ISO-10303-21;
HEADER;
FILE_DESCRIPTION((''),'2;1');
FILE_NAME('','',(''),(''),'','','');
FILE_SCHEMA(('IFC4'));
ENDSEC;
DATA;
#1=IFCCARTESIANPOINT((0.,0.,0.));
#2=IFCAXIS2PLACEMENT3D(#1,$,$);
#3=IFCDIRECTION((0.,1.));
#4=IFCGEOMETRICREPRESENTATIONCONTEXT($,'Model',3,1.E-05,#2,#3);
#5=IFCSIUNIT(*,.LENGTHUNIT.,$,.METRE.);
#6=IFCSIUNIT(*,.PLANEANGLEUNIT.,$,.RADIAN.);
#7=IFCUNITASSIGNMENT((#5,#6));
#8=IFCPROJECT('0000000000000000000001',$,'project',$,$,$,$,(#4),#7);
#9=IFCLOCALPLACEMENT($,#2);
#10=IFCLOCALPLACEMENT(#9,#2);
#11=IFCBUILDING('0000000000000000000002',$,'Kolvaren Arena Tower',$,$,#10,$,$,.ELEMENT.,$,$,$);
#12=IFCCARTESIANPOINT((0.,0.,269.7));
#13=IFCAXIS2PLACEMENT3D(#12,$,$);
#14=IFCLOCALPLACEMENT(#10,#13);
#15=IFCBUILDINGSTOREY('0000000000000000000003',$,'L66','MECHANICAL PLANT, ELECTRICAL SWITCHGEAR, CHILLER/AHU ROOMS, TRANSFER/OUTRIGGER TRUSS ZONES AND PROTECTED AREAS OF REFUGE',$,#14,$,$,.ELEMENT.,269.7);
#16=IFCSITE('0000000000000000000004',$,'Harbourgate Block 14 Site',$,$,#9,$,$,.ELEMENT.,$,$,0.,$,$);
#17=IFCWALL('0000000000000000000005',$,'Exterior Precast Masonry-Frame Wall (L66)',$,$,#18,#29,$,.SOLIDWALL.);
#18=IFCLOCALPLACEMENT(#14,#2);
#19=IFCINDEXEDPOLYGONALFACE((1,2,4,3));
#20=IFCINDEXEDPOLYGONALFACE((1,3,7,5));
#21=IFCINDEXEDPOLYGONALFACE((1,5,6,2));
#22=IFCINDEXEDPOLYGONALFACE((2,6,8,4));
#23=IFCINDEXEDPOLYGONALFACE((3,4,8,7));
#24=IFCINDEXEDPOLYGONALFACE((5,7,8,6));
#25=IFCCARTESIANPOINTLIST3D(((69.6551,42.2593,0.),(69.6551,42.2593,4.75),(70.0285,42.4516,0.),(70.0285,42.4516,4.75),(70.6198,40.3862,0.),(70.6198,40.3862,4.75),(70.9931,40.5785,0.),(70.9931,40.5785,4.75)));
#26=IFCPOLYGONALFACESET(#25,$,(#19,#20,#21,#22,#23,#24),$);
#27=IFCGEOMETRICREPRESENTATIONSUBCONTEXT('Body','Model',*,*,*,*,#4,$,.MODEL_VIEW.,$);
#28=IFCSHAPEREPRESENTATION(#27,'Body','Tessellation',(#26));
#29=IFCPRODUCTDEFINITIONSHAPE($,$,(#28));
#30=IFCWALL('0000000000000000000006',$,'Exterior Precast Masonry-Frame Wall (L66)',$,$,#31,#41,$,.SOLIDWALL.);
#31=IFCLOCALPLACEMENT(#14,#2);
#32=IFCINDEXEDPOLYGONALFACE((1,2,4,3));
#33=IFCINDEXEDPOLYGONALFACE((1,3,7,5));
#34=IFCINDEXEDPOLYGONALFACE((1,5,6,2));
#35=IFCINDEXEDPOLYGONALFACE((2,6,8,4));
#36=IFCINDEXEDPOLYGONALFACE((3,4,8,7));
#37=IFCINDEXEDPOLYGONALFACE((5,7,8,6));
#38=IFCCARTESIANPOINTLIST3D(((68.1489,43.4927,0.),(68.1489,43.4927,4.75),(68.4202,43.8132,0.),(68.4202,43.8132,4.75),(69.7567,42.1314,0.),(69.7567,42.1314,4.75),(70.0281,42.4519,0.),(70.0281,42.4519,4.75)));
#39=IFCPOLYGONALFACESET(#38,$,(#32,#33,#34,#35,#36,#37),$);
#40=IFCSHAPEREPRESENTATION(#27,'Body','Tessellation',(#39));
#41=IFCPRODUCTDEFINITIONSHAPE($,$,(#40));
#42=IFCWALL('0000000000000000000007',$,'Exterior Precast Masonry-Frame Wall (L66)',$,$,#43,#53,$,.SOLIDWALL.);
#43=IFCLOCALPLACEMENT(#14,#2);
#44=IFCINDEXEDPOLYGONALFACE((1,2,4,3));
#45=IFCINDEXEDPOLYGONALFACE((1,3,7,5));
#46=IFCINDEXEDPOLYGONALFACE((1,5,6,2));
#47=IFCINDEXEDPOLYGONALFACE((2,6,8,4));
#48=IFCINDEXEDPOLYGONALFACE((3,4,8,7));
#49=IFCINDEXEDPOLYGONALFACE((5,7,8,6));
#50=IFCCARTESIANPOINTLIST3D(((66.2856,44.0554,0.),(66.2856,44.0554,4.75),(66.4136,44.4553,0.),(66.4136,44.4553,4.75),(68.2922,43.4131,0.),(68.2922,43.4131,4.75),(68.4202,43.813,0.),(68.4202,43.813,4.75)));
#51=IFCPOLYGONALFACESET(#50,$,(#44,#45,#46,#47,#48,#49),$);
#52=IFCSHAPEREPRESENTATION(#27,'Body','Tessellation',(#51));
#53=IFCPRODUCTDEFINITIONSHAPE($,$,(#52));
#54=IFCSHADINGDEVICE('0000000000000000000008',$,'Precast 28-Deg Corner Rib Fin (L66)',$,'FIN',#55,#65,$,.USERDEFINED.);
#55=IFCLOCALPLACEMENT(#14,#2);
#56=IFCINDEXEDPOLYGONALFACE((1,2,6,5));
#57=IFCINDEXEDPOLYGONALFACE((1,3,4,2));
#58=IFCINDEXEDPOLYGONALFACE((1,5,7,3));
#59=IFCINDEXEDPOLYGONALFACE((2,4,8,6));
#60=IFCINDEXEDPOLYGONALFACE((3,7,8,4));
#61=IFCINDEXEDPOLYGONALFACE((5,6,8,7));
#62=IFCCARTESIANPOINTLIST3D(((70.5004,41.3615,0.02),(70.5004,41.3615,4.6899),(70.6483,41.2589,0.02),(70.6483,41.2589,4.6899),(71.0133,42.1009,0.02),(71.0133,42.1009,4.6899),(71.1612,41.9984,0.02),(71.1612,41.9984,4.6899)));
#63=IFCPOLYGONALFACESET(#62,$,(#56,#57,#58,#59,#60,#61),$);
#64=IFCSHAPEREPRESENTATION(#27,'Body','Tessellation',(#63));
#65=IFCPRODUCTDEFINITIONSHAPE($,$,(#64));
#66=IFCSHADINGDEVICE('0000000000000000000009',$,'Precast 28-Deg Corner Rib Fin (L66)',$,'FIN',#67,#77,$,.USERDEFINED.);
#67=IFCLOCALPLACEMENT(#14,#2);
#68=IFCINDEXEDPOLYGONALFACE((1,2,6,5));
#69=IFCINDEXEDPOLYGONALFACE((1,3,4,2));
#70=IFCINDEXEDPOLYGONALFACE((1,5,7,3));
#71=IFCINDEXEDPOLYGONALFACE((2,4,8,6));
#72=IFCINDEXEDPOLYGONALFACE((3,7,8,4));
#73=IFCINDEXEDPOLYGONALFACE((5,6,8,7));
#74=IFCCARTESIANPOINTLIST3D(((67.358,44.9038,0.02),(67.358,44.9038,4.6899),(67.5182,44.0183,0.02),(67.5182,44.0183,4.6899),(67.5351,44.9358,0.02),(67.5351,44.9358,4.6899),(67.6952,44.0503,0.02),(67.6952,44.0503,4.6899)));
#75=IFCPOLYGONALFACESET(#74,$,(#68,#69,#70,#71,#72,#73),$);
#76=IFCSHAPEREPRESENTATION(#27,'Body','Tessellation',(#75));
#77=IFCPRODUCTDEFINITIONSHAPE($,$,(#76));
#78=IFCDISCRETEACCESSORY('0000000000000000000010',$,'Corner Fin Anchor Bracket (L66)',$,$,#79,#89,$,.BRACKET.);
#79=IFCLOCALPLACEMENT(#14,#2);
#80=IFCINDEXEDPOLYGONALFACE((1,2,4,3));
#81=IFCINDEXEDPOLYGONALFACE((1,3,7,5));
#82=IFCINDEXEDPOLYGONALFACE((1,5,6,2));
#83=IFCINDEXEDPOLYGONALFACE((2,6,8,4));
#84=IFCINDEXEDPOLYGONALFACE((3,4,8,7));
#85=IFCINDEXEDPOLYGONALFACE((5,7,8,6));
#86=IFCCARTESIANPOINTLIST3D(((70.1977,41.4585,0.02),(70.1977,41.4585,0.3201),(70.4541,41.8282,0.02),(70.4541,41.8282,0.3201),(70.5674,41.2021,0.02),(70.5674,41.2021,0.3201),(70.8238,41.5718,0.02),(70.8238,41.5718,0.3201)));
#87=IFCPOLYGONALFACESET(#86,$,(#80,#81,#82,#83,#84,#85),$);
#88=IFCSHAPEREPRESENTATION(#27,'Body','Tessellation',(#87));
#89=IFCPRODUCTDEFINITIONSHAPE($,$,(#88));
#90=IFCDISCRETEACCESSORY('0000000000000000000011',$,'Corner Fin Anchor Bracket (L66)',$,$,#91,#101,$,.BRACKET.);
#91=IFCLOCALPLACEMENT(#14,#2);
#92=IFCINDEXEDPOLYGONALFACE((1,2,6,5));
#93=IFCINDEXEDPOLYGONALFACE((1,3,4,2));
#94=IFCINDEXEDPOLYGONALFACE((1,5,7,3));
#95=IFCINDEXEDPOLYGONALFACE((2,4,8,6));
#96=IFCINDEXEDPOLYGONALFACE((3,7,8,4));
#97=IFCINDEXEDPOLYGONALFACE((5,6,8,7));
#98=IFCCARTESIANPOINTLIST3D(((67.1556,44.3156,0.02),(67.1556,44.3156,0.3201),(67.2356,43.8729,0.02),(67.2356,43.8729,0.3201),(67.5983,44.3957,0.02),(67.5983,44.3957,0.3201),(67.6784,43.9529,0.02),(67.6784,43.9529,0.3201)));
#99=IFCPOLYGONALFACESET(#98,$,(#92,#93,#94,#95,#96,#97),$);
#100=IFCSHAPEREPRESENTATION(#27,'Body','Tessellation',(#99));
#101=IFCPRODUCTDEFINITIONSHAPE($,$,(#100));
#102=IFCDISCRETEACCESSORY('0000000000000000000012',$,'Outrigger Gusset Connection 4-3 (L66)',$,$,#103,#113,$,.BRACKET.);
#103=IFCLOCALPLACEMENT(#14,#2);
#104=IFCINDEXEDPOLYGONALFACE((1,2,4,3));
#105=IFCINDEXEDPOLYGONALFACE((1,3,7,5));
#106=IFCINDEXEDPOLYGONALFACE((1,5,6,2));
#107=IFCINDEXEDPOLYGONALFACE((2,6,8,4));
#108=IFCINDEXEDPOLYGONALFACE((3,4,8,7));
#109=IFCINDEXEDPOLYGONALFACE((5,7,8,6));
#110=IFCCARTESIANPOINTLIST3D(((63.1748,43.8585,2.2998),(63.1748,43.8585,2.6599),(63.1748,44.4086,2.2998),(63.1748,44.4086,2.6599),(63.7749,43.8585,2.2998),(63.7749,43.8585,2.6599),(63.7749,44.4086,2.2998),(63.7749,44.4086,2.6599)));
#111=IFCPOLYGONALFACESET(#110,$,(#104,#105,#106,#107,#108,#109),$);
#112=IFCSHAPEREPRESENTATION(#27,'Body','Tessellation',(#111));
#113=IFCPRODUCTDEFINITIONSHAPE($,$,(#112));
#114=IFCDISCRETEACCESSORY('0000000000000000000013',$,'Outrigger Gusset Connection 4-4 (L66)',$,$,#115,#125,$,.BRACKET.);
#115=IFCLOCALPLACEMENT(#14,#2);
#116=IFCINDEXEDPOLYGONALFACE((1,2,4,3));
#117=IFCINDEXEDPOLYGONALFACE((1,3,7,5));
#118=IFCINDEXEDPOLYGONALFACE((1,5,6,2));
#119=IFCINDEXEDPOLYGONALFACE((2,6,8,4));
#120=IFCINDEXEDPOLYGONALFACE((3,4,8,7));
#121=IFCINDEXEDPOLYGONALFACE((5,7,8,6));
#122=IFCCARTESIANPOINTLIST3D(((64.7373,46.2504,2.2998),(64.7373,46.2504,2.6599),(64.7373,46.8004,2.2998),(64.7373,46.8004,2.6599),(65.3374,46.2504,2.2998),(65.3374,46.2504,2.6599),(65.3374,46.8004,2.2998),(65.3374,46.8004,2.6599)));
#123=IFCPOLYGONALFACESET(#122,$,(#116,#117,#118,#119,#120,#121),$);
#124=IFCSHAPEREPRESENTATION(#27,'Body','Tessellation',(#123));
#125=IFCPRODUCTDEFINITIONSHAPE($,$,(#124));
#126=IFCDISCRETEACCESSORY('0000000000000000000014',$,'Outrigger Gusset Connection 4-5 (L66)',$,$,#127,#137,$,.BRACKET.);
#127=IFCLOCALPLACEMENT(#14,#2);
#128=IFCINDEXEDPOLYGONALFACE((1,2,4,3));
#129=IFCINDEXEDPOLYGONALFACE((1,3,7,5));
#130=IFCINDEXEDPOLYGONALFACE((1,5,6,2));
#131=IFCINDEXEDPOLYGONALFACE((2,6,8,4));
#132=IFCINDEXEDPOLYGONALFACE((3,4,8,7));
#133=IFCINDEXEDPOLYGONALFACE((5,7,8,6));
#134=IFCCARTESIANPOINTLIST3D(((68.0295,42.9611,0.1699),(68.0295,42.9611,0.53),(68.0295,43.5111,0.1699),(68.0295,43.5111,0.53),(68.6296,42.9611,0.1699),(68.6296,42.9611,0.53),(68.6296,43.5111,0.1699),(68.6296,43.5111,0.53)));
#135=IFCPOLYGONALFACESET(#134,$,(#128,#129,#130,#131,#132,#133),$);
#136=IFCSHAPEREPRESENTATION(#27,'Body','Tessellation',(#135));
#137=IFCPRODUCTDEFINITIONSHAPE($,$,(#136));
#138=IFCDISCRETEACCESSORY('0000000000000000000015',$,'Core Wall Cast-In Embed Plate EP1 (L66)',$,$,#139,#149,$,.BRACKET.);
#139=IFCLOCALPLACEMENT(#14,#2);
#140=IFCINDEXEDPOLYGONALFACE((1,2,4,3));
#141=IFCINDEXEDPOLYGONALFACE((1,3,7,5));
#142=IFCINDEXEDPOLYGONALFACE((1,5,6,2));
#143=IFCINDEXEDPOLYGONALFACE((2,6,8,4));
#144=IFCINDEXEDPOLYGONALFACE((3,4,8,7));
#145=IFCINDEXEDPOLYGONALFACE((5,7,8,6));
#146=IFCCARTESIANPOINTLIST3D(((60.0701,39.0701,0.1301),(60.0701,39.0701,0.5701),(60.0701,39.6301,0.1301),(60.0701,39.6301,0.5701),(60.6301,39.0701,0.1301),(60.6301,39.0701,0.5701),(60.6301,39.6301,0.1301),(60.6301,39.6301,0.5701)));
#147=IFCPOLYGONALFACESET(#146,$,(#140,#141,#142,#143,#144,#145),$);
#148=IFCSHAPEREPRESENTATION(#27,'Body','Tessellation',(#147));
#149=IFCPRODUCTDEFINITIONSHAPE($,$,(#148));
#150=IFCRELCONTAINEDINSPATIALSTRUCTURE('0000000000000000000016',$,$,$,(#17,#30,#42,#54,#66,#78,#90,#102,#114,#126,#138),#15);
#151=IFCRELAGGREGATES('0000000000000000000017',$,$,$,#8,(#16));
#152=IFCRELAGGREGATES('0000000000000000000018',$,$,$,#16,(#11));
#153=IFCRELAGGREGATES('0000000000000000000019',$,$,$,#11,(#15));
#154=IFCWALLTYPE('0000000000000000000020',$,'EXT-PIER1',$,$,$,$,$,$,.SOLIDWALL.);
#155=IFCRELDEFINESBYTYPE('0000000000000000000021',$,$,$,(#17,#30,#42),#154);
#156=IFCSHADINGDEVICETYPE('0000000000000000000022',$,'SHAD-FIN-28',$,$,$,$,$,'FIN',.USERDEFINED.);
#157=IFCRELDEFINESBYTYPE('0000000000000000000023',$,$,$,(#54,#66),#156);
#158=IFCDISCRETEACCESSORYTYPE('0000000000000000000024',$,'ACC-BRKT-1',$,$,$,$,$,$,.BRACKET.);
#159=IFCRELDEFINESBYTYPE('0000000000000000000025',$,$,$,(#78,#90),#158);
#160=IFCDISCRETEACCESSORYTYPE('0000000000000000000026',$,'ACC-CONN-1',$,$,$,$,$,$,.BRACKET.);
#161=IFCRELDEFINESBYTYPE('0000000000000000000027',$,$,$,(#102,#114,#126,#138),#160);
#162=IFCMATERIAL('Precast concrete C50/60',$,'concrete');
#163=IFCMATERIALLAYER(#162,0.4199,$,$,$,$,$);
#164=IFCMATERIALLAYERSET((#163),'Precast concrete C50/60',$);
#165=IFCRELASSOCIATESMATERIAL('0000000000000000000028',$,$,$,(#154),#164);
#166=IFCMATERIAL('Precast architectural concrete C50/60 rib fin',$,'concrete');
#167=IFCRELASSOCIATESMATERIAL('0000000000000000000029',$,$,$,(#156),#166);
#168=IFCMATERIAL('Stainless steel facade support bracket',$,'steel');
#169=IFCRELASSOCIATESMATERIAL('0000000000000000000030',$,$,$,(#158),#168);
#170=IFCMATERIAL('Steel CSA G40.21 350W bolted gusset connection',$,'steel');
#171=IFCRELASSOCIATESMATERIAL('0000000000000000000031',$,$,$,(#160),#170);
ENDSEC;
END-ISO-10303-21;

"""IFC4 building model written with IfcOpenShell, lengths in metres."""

from ifc_helpers import new_model, si_unit, direction, frame, frame_2d, origin, origin_2d, place, context, subcontext, project, spatial, rectangle, extrude, material, layer, layer_set, type_object, element, save


model = new_model("IFC4")

# Units and contexts
model_context = context("Model", 3, precision=1e-05, world=origin(), true_north=direction((0.0, 1.0)))
body_context = subcontext(model_context, "Body", "Model", "MODEL_VIEW")
ifc_project = project(units=[si_unit("LENGTHUNIT", "METRE"), si_unit("PLANEANGLEUNIT", "RADIAN")], contexts=[model_context])

# Site, building, storey
site_placement = place(None, origin())
site = spatial("IfcSite", under=ifc_project, at=site_placement, Name="Harbourgate Block 14 Site", CompositionType="ELEMENT", RefElevation=0.0)
building_placement = place(site_placement, origin())
building = spatial("IfcBuilding", under=site, at=building_placement, Name="Kolvaren Arena Tower", CompositionType="ELEMENT")
storey_placement = place(building_placement, frame((0.0, 0.0, 269.7)))
storey = spatial("IfcBuildingStorey", under=building, at=storey_placement, Name="L66", Description="MECHANICAL PLANT, ELECTRICAL SWITCHGEAR, CHILLER/AHU ROOMS, TRANSFER/OUTRIGGER TRUSS ZONES AND PROTECTED AREAS OF REFUGE", CompositionType="ELEMENT", Elevation=269.7)

# Walls
ifc_material_1 = material(Name="Precast concrete C50/60", Category="concrete")
ifc_layer_1 = layer(ifc_material_1, 0.4199)
ifc_layer_set_1 = layer_set([ifc_layer_1], Name="Precast concrete C50/60")
wall_type = type_object("IfcWallType", Name="EXT-PIER1", PredefinedType="SOLIDWALL", material=ifc_layer_set_1)
wall_1_placement = place(storey_placement, frame((69.8418, 42.3555, 0.0), z_axis=(0.0, 0.0, 1.0), x_axis=(0.457843, -0.889033, 0.0)))
element("IfcWall", 1, at=wall_1_placement, inside=storey, type_object=wall_type, Name="Exterior Precast Masonry-Frame Wall (L66)", PredefinedType="SOLIDWALL", context=body_context, shape_type="SweptSolid", body=[
    extrude(rectangle(XDim=2.1069, YDim=0.4199, at=frame_2d((1.0535, 0.0))), origin(), (0.0, 0.0, 1.0), 4.75),
])
wall_2_placement = place(storey_placement, frame((68.2847, 43.6528, 0.0), z_axis=(0.0, 0.0, 1.0), x_axis=(0.763202, -0.64616, 0.0)))
element("IfcWall", 2, at=wall_2_placement, inside=storey, type_object=wall_type, Name="Exterior Precast Masonry-Frame Wall (L66)", PredefinedType="SOLIDWALL", context=body_context, shape_type="SweptSolid", body=[
    extrude(rectangle(XDim=2.1067, YDim=0.4199, at=frame_2d((1.0532, 0.0))), origin(), (0.0, 0.0, 1.0), 4.75),
])
wall_3_placement = place(storey_placement, frame((66.3496, 44.2554, 0.0), z_axis=(0.0, 0.0, 1.0), x_axis=(0.952393, -0.304872, 0.0)))
element("IfcWall", 3, at=wall_3_placement, inside=storey, type_object=wall_type, Name="Exterior Precast Masonry-Frame Wall (L66)", PredefinedType="SOLIDWALL", context=body_context, shape_type="SweptSolid", body=[
    extrude(rectangle(XDim=2.1069, YDim=0.4199, at=frame_2d((1.0535, 0.0))), origin(), (0.0, 0.0, 1.0), 4.75),
])

# Shading devices
ifc_material_2 = material(Name="Precast architectural concrete C50/60 rib fin", Category="concrete")
shading_device_type = type_object("IfcShadingDeviceType", Name="SHAD-FIN-28", ElementType="FIN", PredefinedType="USERDEFINED", material=ifc_material_2)
for number, where, z_axis, x_axis, name in (
    (4, (70.8308, 41.6799, 0.02), (0.0, 0.0, 1.0), (0.569965, 0.821669, 0.0), "Precast 28-Deg Corner Rib Fin (L66)"),
    (5, (67.5266, 44.4771, 0.02), (0.0, 0.0, 1.0), (-0.177966, 0.984037, 0.0), "Precast 28-Deg Corner Rib Fin (L66)"),
):
    element("IfcShadingDevice", number, at=place(storey_placement, frame(where, z_axis=z_axis, x_axis=x_axis)), inside=storey, type_object=shading_device_type, Name=name, ObjectType="FIN", PredefinedType="USERDEFINED", context=body_context, shape_type="SweptSolid", body=[
        extrude(rectangle(XDim=0.8999, YDim=0.1799, at=origin_2d()), origin(), (0.0, 0.0, 1.0), 4.6699),
    ])

# Discrete accessories
ifc_material_3 = material(Name="Stainless steel facade support bracket", Category="steel")
discrete_accessory_type_1 = type_object("IfcDiscreteAccessoryType", Name="ACC-BRKT-1", PredefinedType="BRACKET", material=ifc_material_3)
for number, where, z_axis, x_axis, name in (
    (6, (70.5107, 41.5151, 0.02), (0.0, 0.0, 1.0), (0.569965, 0.821669, 0.0), "Corner Fin Anchor Bracket (L66)"),
    (7, (67.417, 44.1343, 0.02), (0.0, 0.0, 1.0), (-0.177966, 0.984037, 0.0), "Corner Fin Anchor Bracket (L66)"),
):
    element("IfcDiscreteAccessory", number, at=place(storey_placement, frame(where, z_axis=z_axis, x_axis=x_axis)), inside=storey, type_object=discrete_accessory_type_1, Name=name, PredefinedType="BRACKET", context=body_context, shape_type="SweptSolid", body=[
        extrude(rectangle(XDim=0.45, YDim=0.45, at=origin_2d()), origin(), (0.0, 0.0, 1.0), 0.3),
    ])
ifc_material_4 = material(Name="Steel CSA G40.21 350W bolted gusset connection", Category="steel")
discrete_accessory_type_2 = type_object("IfcDiscreteAccessoryType", Name="ACC-CONN-1", PredefinedType="BRACKET", material=ifc_material_4)
for number, where, z_axis, x_axis, name in (
    (8, (63.4749, 44.1335, 2.2998), (0.0, 0.0, 1.0), (1.0, 0.0, 0.0), "Outrigger Gusset Connection 4-3 (L66)"),
    (9, (65.0374, 46.5254, 2.2998), (0.0, 0.0, 1.0), (1.0, 0.0, 0.0), "Outrigger Gusset Connection 4-4 (L66)"),
    (10, (68.3296, 43.2361, 0.1699), (0.0, 0.0, 1.0), (1.0, 0.0, 0.0), "Outrigger Gusset Connection 4-5 (L66)"),
):
    element("IfcDiscreteAccessory", number, at=place(storey_placement, frame(where, z_axis=z_axis, x_axis=x_axis)), inside=storey, type_object=discrete_accessory_type_2, Name=name, PredefinedType="BRACKET", context=body_context, shape_type="SweptSolid", body=[
        extrude(rectangle(XDim=0.6001, YDim=0.55, at=origin_2d()), origin(), (0.0, 0.0, 1.0), 0.3601),
    ])
discrete_accessory_placement = place(storey_placement, frame((60.3501, 39.3501, 0.1301), z_axis=(0.0, 0.0, 1.0), x_axis=(1.0, 0.0, 0.0)))
element("IfcDiscreteAccessory", 11, at=discrete_accessory_placement, inside=storey, type_object=discrete_accessory_type_2, Name="Core Wall Cast-In Embed Plate EP1 (L66)", PredefinedType="BRACKET", context=body_context, shape_type="SweptSolid", body=[
    extrude(rectangle(XDim=0.5601, YDim=0.5601, at=origin_2d()), origin(), (0.0, 0.0, 1.0), 0.4399),
])

save(model, "model.ifc")
